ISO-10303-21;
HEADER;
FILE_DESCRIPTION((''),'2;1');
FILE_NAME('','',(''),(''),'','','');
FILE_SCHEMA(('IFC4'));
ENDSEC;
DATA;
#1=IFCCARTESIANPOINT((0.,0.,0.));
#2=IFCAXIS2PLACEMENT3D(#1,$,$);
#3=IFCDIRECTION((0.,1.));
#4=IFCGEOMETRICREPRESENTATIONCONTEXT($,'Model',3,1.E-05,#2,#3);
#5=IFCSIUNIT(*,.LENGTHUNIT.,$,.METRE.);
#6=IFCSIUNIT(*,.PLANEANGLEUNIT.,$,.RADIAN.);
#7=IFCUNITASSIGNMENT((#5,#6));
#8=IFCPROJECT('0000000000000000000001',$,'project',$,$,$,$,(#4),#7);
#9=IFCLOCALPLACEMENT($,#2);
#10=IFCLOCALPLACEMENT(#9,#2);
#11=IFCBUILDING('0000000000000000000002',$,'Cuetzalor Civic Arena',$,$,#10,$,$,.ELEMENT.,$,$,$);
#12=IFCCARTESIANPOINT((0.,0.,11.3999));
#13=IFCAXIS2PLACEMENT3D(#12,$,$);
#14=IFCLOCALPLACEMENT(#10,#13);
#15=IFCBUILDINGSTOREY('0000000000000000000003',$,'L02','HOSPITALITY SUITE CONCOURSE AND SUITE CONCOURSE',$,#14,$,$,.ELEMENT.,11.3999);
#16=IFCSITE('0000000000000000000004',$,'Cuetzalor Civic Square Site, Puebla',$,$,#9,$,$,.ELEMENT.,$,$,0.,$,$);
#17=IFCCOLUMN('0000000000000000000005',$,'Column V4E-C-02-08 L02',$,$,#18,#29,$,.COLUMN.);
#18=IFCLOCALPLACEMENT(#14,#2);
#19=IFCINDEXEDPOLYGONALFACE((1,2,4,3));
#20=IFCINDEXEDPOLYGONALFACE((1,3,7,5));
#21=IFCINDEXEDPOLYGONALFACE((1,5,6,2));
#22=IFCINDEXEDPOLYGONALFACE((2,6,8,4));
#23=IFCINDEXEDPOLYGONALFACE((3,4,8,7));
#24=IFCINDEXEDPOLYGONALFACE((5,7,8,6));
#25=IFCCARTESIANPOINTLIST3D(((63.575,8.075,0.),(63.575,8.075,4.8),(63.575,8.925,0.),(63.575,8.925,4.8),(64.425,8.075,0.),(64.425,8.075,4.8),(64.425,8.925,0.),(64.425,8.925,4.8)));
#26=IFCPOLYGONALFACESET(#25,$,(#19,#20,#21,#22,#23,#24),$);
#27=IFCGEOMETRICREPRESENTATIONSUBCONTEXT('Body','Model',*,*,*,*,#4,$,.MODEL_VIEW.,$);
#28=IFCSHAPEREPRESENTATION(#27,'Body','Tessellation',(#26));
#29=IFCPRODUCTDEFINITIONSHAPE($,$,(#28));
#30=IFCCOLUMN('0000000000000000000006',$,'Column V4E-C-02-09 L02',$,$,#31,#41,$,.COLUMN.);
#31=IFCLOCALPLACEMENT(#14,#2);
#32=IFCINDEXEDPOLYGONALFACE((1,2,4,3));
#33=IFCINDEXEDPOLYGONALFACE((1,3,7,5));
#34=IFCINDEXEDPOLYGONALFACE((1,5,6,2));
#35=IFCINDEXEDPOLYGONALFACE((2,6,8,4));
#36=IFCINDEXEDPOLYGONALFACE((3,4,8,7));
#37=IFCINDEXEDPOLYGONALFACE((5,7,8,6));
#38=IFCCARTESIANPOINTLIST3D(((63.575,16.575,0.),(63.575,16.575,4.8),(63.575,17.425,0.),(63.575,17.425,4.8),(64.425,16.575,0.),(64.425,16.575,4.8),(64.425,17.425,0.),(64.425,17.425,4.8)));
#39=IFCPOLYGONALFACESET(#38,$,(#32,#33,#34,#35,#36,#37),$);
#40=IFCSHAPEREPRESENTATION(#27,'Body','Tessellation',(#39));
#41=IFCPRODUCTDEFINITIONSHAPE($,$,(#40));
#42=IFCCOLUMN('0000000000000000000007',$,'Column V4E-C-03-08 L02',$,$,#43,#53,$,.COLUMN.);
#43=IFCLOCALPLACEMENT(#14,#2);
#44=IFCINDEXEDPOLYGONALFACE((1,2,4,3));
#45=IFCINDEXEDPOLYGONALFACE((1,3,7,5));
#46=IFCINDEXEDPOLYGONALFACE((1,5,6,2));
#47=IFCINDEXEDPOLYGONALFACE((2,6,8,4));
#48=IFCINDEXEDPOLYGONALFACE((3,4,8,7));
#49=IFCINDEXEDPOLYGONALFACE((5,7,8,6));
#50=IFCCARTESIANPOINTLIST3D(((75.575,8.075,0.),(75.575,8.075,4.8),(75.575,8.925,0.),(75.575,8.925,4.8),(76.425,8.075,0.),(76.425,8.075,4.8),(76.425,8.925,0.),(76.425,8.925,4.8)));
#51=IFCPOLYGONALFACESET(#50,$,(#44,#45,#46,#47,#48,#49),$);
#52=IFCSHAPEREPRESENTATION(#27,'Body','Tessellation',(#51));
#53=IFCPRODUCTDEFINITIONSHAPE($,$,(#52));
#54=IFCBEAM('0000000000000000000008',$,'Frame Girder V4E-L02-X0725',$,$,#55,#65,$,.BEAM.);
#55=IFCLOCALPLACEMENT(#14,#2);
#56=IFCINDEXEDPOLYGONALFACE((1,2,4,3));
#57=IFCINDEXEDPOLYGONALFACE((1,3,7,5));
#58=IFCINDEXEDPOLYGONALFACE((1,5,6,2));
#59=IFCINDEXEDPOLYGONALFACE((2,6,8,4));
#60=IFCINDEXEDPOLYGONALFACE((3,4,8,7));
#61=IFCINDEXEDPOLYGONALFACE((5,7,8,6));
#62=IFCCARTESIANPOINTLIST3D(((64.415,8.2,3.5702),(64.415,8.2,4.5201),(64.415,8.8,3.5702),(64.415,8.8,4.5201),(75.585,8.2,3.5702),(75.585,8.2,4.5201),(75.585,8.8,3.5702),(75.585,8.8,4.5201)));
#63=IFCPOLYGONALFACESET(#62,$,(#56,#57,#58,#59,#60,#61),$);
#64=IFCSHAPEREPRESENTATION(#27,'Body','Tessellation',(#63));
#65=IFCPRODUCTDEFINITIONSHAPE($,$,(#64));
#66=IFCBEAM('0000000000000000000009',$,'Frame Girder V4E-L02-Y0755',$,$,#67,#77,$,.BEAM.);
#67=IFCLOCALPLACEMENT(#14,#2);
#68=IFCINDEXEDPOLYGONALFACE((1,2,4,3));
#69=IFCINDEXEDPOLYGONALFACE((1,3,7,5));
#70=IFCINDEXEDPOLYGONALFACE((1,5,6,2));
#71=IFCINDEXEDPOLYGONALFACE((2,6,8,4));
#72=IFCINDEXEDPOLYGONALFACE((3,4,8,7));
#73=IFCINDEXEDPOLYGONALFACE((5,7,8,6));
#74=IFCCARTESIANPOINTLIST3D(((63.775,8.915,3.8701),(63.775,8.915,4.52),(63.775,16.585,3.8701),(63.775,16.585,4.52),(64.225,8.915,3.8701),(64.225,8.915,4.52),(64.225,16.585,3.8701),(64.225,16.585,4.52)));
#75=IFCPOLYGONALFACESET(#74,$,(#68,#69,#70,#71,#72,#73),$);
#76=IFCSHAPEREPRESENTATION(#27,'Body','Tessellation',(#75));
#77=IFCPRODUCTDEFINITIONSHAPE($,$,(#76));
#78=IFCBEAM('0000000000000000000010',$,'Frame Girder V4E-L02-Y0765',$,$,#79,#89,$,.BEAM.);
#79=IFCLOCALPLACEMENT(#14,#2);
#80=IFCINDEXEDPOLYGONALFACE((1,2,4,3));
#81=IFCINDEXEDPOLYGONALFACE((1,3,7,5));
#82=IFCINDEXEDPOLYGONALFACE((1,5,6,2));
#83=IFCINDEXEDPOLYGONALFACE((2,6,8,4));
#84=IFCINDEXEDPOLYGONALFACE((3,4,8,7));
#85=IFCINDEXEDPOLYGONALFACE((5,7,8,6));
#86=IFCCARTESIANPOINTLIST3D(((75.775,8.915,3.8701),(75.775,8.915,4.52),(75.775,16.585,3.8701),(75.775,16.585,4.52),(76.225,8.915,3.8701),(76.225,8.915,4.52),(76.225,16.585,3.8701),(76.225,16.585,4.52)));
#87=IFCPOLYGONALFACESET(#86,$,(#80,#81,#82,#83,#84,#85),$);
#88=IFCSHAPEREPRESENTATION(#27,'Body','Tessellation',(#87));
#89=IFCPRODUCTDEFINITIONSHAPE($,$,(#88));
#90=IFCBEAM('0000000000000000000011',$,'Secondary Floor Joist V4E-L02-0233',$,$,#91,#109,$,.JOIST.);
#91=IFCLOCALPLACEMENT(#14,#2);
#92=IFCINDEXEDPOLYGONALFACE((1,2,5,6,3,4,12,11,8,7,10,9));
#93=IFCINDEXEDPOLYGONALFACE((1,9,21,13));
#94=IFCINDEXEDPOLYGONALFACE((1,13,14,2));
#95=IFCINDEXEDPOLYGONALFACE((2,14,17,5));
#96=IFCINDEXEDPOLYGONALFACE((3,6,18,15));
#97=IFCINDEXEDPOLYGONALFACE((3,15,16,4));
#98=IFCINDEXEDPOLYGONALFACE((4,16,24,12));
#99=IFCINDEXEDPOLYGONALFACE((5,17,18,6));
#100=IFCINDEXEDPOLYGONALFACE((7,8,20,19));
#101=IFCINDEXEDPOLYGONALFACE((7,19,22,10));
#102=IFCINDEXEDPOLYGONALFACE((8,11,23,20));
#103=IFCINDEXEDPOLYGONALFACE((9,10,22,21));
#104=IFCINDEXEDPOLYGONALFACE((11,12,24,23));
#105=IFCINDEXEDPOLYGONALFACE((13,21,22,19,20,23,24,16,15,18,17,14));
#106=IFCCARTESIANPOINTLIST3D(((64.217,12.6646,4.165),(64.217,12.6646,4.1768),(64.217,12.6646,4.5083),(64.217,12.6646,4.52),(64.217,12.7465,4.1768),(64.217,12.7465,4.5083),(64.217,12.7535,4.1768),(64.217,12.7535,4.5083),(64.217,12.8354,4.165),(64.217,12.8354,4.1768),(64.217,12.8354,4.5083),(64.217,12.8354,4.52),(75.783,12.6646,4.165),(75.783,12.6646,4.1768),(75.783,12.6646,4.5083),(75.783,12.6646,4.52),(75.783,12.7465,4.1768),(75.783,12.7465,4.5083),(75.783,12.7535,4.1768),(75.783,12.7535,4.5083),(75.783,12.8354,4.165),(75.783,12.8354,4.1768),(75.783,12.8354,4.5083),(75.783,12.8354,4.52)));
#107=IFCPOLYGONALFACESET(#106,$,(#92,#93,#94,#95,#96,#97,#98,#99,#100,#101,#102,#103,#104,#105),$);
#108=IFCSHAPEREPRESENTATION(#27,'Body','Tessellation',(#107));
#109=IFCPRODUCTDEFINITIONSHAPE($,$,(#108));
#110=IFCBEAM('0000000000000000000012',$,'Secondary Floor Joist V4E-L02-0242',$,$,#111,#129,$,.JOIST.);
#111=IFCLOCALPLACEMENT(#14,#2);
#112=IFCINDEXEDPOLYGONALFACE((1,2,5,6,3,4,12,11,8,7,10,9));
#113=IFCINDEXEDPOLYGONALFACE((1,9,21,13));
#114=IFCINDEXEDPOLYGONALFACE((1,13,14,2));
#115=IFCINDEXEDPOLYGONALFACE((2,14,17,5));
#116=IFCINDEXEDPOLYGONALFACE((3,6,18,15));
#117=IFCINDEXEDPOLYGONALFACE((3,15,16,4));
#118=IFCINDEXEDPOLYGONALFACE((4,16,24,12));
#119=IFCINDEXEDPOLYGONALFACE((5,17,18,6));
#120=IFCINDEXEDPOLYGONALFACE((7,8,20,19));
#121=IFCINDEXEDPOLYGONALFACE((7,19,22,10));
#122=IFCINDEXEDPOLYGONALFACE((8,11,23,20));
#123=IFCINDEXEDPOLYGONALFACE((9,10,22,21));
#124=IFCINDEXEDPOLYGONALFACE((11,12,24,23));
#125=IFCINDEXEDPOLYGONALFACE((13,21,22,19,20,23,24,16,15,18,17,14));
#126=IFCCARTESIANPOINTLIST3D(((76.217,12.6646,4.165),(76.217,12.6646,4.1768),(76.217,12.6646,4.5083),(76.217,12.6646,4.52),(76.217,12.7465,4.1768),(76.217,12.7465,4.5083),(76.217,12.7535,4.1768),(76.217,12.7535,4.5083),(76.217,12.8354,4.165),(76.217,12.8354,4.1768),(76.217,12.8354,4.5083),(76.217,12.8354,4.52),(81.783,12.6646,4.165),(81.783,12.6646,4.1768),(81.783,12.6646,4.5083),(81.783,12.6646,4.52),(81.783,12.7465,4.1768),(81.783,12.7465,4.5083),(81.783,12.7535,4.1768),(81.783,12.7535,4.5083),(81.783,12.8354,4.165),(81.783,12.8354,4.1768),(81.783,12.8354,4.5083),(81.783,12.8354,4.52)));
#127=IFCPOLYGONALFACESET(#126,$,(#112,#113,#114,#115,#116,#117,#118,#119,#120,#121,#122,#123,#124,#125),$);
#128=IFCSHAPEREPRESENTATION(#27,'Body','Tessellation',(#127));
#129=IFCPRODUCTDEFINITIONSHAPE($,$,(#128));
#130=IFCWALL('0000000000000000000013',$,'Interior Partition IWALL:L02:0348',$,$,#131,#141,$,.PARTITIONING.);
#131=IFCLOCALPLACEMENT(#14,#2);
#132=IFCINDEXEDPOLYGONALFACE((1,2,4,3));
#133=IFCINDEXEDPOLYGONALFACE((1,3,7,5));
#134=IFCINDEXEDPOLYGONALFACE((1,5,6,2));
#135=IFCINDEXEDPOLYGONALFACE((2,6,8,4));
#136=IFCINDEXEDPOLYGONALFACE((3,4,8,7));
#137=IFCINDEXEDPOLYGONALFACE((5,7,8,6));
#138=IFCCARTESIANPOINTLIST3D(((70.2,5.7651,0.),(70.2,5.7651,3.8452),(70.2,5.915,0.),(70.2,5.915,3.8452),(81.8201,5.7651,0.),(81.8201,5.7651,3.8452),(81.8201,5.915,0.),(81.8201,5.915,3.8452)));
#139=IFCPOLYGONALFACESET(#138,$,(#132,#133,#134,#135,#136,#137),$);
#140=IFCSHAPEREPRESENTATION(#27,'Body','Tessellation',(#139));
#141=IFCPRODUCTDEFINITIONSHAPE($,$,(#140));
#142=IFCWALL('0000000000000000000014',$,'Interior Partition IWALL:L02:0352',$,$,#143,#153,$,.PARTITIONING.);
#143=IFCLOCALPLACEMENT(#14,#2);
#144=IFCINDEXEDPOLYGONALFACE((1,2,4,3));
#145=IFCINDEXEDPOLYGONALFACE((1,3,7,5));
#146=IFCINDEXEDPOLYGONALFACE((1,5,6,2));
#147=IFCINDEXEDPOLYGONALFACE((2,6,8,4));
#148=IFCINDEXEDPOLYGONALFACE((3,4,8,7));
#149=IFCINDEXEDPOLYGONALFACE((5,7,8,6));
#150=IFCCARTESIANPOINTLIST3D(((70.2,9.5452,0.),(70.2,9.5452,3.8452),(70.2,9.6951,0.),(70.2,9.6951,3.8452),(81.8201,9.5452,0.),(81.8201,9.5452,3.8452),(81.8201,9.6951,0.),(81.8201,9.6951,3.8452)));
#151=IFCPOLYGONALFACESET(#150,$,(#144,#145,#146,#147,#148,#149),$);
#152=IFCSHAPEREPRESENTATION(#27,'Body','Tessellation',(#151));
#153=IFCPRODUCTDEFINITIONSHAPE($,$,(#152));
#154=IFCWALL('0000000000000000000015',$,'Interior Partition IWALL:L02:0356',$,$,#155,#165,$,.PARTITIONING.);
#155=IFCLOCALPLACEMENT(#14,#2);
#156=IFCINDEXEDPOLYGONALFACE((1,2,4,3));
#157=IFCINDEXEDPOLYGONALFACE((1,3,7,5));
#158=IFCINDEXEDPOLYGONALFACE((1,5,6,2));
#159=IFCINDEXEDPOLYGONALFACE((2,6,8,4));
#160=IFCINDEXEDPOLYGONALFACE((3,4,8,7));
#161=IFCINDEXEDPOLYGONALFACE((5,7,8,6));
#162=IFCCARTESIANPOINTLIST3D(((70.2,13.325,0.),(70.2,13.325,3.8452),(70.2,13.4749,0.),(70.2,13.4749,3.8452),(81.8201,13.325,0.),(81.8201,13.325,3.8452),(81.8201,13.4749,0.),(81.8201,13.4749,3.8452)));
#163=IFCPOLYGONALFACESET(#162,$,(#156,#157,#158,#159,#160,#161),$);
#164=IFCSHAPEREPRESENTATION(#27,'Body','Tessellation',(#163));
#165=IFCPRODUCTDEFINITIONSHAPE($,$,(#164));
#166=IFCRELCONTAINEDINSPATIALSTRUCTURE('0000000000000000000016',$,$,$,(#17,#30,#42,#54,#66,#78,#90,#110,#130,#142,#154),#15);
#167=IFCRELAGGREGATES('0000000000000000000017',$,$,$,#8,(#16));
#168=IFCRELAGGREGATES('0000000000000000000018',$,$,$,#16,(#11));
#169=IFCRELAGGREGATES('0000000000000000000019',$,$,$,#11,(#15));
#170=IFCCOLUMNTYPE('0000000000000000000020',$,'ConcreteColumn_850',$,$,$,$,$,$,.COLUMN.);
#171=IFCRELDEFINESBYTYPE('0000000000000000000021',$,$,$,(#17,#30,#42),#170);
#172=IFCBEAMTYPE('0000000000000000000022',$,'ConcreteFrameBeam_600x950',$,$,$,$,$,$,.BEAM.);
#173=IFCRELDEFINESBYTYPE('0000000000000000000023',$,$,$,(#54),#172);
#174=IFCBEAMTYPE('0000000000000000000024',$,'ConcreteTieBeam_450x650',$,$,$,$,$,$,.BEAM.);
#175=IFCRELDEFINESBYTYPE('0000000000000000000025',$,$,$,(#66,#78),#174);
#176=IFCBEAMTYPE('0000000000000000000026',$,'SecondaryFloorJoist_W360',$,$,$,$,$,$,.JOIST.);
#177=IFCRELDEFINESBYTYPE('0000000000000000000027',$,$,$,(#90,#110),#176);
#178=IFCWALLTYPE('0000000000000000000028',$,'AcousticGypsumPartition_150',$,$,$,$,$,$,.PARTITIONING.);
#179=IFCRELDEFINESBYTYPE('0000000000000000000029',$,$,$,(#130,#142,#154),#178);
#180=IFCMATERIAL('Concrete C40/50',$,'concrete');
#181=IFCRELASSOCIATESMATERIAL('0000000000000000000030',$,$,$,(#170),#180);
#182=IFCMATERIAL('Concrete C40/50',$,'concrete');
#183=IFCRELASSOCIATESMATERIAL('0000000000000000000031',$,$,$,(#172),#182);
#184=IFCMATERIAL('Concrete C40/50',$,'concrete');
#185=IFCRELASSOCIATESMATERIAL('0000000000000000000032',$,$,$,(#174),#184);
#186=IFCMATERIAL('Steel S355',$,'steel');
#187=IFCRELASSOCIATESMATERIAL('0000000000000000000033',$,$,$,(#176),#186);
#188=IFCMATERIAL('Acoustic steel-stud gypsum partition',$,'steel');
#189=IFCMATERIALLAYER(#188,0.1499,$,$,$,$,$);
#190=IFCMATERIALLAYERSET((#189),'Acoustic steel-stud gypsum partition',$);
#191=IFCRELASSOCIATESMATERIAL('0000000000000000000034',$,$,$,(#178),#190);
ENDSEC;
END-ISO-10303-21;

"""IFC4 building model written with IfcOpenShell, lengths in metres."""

from ifc_helpers import new_model, si_unit, direction, frame, frame_2d, origin, origin_2d, place, context, subcontext, project, spatial, rectangle, i_section, extrude, material, layer, layer_set, material_profile, profile_set, type_object, element, save


model = new_model("IFC4")

# Units and contexts
model_context = context("Model", 3, precision=1e-05, world=origin(), true_north=direction((0.0, 1.0)))
body_context = subcontext(model_context, "Body", "Model", "MODEL_VIEW")
ifc_project = project(units=[si_unit("LENGTHUNIT", "METRE"), si_unit("PLANEANGLEUNIT", "RADIAN")], contexts=[model_context])

# Site, building, storey
site_placement = place(None, origin())
site = spatial("IfcSite", under=ifc_project, at=site_placement, Name="Cuetzalor Civic Square Site, Puebla", CompositionType="ELEMENT", RefElevation=0.0)
building_placement = place(site_placement, origin())
building = spatial("IfcBuilding", under=site, at=building_placement, Name="Cuetzalor Civic Arena", CompositionType="ELEMENT")
storey_placement = place(building_placement, frame((0.0, 0.0, 11.3999)))
storey = spatial("IfcBuildingStorey", under=building, at=storey_placement, Name="L02", Description="HOSPITALITY SUITE CONCOURSE AND SUITE CONCOURSE", CompositionType="ELEMENT", Elevation=11.3999)

# Columns
ifc_material_1 = material(Name="Concrete C40/50", Category="concrete")
ifc_material_profile_1 = material_profile(ifc_material_1, rectangle(XDim=0.8501, YDim=0.8501, at=origin_2d()), Name="RC 850x850")
ifc_profile_set_1 = profile_set([ifc_material_profile_1], Name="Concrete C40/50")
column_type = type_object("IfcColumnType", Name="ConcreteColumn_850", PredefinedType="COLUMN", material=ifc_profile_set_1)
for number, where, z_axis, x_axis, name in (
    (1, (64.0, 8.5, 0.0), (0.0, 0.0, 1.0), (1.0, 0.0, 0.0), "Column V4E-C-02-08 L02"),
    (2, (64.0, 17.0, 0.0), (0.0, 0.0, 1.0), (1.0, 0.0, 0.0), "Column V4E-C-02-09 L02"),
    (3, (76.0, 8.5, 0.0), (0.0, 0.0, 1.0), (1.0, 0.0, 0.0), "Column V4E-C-03-08 L02"),
):
    element("IfcColumn", number, at=place(storey_placement, frame(where, z_axis=z_axis, x_axis=x_axis)), inside=storey, type_object=column_type, Name=name, PredefinedType="COLUMN", context=body_context, shape_type="SweptSolid", body=[
        extrude(rectangle(XDim=0.8501, YDim=0.8501, at=origin_2d()), origin(), (0.0, 0.0, 1.0), 4.8),
    ])

# Beams
ifc_material_2 = material(Name="Concrete C40/50", Category="concrete")
ifc_material_profile_2 = material_profile(ifc_material_2, rectangle(XDim=0.6001, YDim=0.95, at=origin_2d()), Name="RC 600x950")
ifc_profile_set_2 = profile_set([ifc_material_profile_2], Name="Concrete C40/50")
beam_type_1 = type_object("IfcBeamType", Name="ConcreteFrameBeam_600x950", PredefinedType="BEAM", material=ifc_profile_set_2)
beam_1_placement = place(storey_placement, frame((64.415, 8.5, 4.0452), z_axis=(1.0, 0.0, 0.0), x_axis=(0.0, 1.0, 0.0)))
element("IfcBeam", 4, at=beam_1_placement, inside=storey, type_object=beam_type_1, Name="Frame Girder V4E-L02-X0725", PredefinedType="BEAM", context=body_context, shape_type="SweptSolid", body=[
    extrude(rectangle(XDim=0.6001, YDim=0.95, at=origin_2d()), origin(), (0.0, 0.0, 1.0), 11.1699),
])
ifc_material_3 = material(Name="Concrete C40/50", Category="concrete")
ifc_material_profile_3 = material_profile(ifc_material_3, rectangle(XDim=0.45, YDim=0.6499, at=origin_2d()), Name="RC 450x650")
ifc_profile_set_3 = profile_set([ifc_material_profile_3], Name="Concrete C40/50")
beam_type_2 = type_object("IfcBeamType", Name="ConcreteTieBeam_450x650", PredefinedType="BEAM", material=ifc_profile_set_3)
for number, where, z_axis, x_axis, name in (
    (5, (64.0, 8.915, 4.1951), (0.0, 1.0, 0.0), (-1.0, 0.0, 0.0), "Frame Girder V4E-L02-Y0755"),
    (6, (76.0, 8.915, 4.1951), (0.0, 1.0, 0.0), (-1.0, 0.0, 0.0), "Frame Girder V4E-L02-Y0765"),
):
    element("IfcBeam", number, at=place(storey_placement, frame(where, z_axis=z_axis, x_axis=x_axis)), inside=storey, type_object=beam_type_2, Name=name, PredefinedType="BEAM", context=body_context, shape_type="SweptSolid", body=[
        extrude(rectangle(XDim=0.45, YDim=0.6499, at=origin_2d()), origin(), (0.0, 0.0, 1.0), 7.6699),
    ])
ifc_material_4 = material(Name="Steel S355", Category="steel")
ifc_material_profile_4 = material_profile(ifc_material_4, i_section(OverallWidth=0.1709, OverallDepth=0.355, WebThickness=0.0071, FlangeThickness=0.0117, at=origin_2d()), Name="W360x51")
ifc_profile_set_4 = profile_set([ifc_material_profile_4], Name="Steel S355")
beam_type_3 = type_object("IfcBeamType", Name="SecondaryFloorJoist_W360", PredefinedType="JOIST", material=ifc_profile_set_4)
beam_2_placement = place(storey_placement, frame((64.217, 12.75, 4.3425), z_axis=(1.0, 0.0, 0.0), x_axis=(0.0, 1.0, 0.0)))
element("IfcBeam", 7, at=beam_2_placement, inside=storey, type_object=beam_type_3, Name="Secondary Floor Joist V4E-L02-0233", PredefinedType="JOIST", context=body_context, shape_type="SweptSolid", body=[
    extrude(i_section(OverallWidth=0.1709, OverallDepth=0.355, WebThickness=0.0071, FlangeThickness=0.0117, at=origin_2d()), origin(), (0.0, 0.0, 1.0), 11.5659),
])
beam_3_placement = place(storey_placement, frame((76.217, 12.75, 4.3425), z_axis=(1.0, 0.0, 0.0), x_axis=(0.0, 1.0, 0.0)))
element("IfcBeam", 8, at=beam_3_placement, inside=storey, type_object=beam_type_3, Name="Secondary Floor Joist V4E-L02-0242", PredefinedType="JOIST", context=body_context, shape_type="SweptSolid", body=[
    extrude(i_section(OverallWidth=0.1709, OverallDepth=0.355, WebThickness=0.0071, FlangeThickness=0.0117, at=origin_2d()), origin(), (0.0, 0.0, 1.0), 5.5659),
])

# Walls
ifc_material_5 = material(Name="Acoustic steel-stud gypsum partition", Category="steel")
ifc_layer_1 = layer(ifc_material_5, 0.1499)
ifc_layer_set_1 = layer_set([ifc_layer_1], Name="Acoustic steel-stud gypsum partition")
wall_type_1 = type_object("IfcWallType", Name="AcousticGypsumPartition_150", PredefinedType="PARTITIONING", material=ifc_layer_set_1)
for number, where, z_axis, x_axis, name in (
    (9, (70.2, 5.8401, 0.0), (0.0, 0.0, 1.0), (1.0, 0.0, 0.0), "Interior Partition IWALL:L02:0348"),
    (10, (70.2, 9.6201, 0.0), (0.0, 0.0, 1.0), (1.0, 0.0, 0.0), "Interior Partition IWALL:L02:0352"),
    (11, (70.2, 13.3999, 0.0), (0.0, 0.0, 1.0), (1.0, 0.0, 0.0), "Interior Partition IWALL:L02:0356"),
):
    element("IfcWall", number, at=place(storey_placement, frame(where, z_axis=z_axis, x_axis=x_axis)), inside=storey, type_object=wall_type_1, Name=name, PredefinedType="PARTITIONING", context=body_context, shape_type="SweptSolid", body=[
        extrude(rectangle(XDim=11.6201, YDim=0.1499, at=frame_2d((5.8101, 0.0))), origin(), (0.0, 0.0, 1.0), 3.8452),
    ])

save(model, "model.ifc")
